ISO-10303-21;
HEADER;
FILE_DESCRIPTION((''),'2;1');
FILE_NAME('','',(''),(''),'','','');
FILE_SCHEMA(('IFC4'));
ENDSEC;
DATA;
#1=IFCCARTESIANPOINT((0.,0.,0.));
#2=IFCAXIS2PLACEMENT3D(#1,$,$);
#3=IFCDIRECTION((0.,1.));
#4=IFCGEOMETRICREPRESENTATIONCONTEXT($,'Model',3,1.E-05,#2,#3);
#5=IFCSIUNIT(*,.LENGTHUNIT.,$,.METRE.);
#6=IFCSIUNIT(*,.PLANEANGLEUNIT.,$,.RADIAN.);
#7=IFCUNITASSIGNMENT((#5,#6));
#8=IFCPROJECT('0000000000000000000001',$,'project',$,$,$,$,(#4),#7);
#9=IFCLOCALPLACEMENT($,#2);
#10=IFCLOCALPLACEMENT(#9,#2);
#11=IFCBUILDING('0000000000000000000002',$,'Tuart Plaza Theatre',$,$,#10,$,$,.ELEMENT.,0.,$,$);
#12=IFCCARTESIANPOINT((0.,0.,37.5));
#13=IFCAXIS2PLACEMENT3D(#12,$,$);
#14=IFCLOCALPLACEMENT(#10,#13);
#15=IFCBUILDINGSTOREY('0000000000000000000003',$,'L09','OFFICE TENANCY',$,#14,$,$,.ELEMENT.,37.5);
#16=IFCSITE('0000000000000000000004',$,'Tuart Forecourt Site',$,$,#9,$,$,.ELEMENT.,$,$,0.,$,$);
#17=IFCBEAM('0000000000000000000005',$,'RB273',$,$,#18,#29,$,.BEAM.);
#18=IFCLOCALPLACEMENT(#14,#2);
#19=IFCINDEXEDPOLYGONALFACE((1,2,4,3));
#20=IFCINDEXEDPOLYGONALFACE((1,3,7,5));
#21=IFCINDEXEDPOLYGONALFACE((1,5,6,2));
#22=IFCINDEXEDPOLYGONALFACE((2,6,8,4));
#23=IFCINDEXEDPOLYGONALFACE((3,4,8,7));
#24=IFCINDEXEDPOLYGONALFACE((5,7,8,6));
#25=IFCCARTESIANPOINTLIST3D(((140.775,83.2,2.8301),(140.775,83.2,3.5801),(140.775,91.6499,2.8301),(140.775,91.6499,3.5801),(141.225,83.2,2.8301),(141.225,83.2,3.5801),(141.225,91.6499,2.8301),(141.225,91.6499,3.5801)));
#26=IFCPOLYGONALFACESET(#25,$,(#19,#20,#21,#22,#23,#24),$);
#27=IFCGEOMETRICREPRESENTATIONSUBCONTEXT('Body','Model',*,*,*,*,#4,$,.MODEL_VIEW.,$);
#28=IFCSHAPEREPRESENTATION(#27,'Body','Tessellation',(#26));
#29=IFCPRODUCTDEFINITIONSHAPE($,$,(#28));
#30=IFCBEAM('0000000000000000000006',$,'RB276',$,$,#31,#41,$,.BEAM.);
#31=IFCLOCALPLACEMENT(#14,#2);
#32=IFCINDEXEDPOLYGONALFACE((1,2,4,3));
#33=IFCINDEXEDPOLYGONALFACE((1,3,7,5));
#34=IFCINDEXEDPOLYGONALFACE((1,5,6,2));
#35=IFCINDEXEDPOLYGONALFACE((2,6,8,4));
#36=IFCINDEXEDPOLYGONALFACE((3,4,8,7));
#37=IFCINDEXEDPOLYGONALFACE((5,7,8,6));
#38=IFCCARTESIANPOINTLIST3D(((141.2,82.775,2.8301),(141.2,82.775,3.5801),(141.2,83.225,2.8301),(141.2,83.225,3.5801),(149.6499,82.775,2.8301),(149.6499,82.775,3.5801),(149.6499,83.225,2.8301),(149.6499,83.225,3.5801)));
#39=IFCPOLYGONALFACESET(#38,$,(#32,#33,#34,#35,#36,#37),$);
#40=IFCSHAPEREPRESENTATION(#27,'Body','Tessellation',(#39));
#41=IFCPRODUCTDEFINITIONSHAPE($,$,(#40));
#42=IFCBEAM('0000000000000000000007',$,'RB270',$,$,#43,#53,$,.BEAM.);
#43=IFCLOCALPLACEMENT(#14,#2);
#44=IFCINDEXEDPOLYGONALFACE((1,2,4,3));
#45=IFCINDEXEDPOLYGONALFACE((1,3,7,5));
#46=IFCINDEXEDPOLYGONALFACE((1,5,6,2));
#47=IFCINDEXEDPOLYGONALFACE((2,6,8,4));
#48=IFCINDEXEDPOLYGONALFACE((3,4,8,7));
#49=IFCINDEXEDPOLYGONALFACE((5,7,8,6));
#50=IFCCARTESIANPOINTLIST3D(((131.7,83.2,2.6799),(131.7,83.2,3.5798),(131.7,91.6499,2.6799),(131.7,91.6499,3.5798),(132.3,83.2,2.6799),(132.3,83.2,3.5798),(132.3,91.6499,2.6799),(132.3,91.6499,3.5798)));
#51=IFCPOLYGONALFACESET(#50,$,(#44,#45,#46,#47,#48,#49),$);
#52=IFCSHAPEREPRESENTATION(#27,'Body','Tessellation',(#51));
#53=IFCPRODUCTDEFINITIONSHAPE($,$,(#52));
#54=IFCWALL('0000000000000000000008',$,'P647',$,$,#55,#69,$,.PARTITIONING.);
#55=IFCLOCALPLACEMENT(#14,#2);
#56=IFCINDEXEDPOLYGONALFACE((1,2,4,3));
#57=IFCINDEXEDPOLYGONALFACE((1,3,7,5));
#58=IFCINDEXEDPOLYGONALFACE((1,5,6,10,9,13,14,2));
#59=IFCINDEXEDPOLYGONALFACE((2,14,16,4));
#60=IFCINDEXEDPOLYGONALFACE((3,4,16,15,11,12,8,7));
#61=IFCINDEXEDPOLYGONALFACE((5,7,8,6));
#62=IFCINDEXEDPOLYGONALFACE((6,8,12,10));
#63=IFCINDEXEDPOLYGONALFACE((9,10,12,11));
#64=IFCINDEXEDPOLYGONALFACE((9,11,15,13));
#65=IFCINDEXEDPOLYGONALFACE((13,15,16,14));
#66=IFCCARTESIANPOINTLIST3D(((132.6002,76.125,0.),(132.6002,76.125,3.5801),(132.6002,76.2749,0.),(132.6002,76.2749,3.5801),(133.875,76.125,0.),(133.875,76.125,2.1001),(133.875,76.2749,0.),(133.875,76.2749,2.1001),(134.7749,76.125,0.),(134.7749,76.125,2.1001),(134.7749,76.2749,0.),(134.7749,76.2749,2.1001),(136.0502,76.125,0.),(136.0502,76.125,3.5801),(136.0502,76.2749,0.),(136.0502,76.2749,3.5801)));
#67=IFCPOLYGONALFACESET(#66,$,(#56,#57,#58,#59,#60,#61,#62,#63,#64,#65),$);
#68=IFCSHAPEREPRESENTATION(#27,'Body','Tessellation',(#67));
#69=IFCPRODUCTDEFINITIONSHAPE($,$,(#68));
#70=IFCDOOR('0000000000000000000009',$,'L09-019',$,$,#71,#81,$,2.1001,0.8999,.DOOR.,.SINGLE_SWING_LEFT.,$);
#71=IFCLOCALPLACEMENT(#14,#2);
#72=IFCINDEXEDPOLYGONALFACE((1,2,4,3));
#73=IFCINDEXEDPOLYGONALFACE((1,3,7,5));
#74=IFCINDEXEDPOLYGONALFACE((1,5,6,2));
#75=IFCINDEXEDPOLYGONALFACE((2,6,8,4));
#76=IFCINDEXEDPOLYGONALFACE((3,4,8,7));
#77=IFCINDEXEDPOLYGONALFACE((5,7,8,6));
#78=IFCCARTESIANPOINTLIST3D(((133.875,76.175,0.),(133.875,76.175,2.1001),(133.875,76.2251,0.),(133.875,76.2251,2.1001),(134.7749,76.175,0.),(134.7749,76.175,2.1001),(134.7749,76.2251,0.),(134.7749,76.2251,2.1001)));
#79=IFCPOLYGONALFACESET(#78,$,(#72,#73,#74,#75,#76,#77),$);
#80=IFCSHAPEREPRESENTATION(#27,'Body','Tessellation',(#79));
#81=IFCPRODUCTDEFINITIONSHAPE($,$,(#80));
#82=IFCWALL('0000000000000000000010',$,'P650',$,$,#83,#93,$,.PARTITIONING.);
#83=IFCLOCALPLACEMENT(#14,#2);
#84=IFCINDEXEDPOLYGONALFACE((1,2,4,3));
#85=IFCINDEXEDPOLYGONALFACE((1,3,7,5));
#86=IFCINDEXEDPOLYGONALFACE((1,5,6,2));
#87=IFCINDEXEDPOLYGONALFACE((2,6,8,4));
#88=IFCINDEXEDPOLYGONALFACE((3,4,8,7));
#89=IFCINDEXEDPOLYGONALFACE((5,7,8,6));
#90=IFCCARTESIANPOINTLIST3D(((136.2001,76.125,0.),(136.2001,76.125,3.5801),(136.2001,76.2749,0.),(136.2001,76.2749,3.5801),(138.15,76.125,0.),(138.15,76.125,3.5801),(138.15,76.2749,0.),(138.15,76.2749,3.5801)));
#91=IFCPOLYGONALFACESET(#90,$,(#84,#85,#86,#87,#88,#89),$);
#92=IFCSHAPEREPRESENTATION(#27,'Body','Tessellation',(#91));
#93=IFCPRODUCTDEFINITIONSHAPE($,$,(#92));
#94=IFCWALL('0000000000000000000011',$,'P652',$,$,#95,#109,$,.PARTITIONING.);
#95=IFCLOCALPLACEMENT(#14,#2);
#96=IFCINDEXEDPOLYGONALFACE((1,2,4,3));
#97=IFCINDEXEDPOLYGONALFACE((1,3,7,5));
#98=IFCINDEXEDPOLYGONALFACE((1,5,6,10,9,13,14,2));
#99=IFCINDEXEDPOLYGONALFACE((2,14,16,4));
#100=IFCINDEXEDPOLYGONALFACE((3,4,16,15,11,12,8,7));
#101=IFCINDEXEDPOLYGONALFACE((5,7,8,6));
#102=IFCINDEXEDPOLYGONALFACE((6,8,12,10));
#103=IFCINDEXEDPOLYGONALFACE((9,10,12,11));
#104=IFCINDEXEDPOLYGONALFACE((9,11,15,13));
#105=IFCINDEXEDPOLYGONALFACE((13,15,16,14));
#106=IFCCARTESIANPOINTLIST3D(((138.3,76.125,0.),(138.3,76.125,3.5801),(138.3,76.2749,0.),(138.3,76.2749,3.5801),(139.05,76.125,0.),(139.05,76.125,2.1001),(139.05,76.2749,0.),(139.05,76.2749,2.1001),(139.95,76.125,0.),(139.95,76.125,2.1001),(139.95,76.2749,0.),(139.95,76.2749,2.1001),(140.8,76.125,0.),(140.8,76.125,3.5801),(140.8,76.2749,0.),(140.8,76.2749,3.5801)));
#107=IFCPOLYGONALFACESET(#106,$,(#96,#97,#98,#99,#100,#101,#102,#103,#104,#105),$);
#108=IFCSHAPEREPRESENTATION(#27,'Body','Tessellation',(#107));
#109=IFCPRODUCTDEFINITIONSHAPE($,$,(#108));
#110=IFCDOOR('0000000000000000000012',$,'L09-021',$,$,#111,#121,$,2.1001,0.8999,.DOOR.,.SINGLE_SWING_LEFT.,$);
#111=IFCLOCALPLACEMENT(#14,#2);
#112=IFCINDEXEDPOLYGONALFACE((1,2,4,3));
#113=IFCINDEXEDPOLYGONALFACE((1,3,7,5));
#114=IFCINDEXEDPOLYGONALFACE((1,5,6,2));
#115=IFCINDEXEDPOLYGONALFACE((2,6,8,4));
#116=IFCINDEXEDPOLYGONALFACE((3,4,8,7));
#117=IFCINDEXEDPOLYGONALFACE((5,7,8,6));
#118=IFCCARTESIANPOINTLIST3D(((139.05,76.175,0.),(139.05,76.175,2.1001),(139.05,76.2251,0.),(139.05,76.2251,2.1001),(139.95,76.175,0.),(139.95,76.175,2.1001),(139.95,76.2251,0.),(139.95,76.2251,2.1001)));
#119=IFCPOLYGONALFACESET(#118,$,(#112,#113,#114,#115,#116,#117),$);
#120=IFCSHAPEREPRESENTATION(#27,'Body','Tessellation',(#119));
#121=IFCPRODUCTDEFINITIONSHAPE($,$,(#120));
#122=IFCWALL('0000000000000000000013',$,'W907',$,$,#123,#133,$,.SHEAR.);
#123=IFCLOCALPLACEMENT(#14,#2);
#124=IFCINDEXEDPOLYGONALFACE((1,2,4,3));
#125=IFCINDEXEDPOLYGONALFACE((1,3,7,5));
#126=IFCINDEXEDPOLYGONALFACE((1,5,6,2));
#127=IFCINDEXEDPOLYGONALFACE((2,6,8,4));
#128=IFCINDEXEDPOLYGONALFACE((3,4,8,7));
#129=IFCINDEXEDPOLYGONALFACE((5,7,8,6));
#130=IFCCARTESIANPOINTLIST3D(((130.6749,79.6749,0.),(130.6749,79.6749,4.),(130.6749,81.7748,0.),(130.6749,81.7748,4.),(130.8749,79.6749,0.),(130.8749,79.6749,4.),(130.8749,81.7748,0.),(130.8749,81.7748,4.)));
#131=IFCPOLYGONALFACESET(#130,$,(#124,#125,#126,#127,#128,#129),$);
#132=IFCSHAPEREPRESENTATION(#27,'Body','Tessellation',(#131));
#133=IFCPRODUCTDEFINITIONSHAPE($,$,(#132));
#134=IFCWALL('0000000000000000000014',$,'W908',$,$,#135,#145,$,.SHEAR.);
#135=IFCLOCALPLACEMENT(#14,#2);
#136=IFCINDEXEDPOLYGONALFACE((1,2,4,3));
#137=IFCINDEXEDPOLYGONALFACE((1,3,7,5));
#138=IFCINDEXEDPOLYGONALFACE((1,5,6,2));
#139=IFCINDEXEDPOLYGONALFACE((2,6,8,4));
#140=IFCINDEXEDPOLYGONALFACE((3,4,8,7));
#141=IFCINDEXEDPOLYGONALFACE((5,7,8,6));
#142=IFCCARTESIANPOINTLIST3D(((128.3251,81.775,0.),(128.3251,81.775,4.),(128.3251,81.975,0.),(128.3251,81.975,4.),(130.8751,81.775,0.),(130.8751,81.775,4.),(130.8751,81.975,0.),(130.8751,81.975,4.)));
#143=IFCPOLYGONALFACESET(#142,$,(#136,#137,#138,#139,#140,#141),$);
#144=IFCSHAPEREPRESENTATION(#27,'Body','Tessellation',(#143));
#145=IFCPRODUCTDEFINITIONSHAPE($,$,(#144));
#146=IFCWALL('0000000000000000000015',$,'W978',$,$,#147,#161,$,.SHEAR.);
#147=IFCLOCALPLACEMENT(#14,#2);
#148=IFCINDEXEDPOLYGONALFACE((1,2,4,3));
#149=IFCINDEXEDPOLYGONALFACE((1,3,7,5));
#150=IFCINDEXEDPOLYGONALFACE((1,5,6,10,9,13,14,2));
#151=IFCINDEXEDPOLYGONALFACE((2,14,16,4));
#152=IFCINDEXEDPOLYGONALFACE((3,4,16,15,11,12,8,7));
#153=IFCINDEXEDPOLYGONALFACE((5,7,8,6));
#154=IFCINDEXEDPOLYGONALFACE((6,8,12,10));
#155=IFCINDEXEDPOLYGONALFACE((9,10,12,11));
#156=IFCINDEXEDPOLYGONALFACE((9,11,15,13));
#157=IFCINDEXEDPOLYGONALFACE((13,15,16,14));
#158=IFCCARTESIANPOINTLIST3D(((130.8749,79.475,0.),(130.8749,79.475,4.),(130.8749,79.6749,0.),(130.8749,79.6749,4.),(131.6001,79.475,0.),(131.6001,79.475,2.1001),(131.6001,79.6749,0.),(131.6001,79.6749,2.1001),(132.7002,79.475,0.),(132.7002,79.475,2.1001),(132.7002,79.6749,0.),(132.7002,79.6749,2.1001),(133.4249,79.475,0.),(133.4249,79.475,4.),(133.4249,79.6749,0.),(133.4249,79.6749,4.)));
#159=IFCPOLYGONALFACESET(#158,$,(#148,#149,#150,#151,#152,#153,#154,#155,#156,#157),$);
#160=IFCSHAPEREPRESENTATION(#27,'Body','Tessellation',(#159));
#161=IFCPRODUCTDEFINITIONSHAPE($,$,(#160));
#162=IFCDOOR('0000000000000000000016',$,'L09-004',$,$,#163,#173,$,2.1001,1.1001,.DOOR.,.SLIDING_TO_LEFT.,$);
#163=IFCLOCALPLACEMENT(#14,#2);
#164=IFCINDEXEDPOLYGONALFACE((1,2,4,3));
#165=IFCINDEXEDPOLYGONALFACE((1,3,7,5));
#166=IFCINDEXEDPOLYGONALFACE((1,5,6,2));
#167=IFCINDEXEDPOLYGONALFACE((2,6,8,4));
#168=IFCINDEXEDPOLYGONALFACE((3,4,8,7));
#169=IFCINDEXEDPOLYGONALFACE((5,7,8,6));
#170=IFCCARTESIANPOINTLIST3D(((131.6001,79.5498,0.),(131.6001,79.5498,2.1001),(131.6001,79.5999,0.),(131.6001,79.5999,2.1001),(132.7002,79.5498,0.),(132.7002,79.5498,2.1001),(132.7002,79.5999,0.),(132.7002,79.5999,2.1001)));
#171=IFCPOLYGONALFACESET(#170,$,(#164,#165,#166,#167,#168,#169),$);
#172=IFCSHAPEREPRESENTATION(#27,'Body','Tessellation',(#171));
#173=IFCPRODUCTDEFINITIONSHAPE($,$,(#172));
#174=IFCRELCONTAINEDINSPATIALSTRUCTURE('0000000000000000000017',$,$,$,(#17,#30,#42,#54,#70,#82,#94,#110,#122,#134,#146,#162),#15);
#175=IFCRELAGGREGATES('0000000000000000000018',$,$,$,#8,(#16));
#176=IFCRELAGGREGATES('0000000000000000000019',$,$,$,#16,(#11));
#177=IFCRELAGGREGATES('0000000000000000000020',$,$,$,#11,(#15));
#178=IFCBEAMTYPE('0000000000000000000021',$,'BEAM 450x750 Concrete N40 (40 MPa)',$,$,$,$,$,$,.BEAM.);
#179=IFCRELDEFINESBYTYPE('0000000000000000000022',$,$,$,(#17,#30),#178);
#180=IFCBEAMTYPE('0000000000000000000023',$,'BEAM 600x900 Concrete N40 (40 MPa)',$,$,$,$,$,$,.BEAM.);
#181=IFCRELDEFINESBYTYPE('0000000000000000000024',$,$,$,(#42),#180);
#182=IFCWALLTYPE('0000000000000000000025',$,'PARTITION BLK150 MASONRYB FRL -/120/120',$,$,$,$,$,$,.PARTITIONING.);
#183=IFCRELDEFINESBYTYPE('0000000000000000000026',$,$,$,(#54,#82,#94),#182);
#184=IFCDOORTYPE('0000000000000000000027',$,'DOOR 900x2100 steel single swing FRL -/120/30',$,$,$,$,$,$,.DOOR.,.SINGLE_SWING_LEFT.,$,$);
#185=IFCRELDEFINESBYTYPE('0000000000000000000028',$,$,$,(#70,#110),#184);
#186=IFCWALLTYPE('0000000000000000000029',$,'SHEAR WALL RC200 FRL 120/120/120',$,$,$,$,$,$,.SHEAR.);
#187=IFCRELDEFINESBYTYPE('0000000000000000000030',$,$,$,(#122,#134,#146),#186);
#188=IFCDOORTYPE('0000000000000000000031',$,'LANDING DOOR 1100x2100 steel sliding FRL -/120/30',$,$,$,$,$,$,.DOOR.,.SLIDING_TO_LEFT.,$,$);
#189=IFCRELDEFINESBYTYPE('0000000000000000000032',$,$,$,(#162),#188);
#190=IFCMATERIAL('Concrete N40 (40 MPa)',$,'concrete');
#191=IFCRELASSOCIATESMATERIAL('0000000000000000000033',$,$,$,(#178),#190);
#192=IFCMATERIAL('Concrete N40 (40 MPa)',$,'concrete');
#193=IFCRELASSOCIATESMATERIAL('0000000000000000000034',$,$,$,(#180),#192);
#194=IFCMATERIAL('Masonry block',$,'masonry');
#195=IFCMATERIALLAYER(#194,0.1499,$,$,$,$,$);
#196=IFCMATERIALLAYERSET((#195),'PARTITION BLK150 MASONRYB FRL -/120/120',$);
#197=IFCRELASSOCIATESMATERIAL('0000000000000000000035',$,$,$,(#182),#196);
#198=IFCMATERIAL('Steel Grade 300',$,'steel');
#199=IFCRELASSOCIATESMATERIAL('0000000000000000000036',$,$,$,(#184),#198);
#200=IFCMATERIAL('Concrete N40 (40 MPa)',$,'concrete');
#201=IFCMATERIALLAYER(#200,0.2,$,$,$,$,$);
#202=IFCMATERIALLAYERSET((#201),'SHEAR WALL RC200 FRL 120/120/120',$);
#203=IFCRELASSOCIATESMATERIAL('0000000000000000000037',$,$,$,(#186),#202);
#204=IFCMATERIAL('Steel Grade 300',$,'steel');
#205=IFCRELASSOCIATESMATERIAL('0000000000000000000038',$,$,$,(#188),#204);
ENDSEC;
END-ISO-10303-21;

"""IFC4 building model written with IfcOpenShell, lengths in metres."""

from ifc_helpers import new_model, si_unit, direction, frame, frame_2d, origin, origin_2d, place, context, subcontext, project, spatial, rectangle, extrude, material, layer, layer_set, material_profile, profile_set, type_object, element, fill, save


model = new_model("IFC4")

# Units and contexts
model_context = context("Model", 3, precision=1e-05, world=origin(), true_north=direction((0.0, 1.0)))
body_context = subcontext(model_context, "Body", "Model", "MODEL_VIEW")
ifc_project = project(units=[si_unit("LENGTHUNIT", "METRE"), si_unit("PLANEANGLEUNIT", "RADIAN")], contexts=[model_context])

# Site, building, storey
site_placement = place(None, origin())
site = spatial("IfcSite", under=ifc_project, at=site_placement, Name="Tuart Forecourt Site", CompositionType="ELEMENT", RefElevation=0.0)
building_placement = place(site_placement, origin())
building = spatial("IfcBuilding", under=site, at=building_placement, Name="Tuart Plaza Theatre", CompositionType="ELEMENT", ElevationOfRefHeight=0.0)
storey_placement = place(building_placement, frame((0.0, 0.0, 37.5)))
storey = spatial("IfcBuildingStorey", under=building, at=storey_placement, Name="L09", Description="OFFICE TENANCY", CompositionType="ELEMENT", Elevation=37.5)

# Beams
ifc_material_1 = material(Name="Concrete N40 (40 MPa)", Category="concrete")
ifc_material_profile_1 = material_profile(ifc_material_1, rectangle(XDim=0.45, YDim=0.75, at=origin_2d()), Name="BEAM 450x750 Concrete N40 (40 MPa)")
ifc_profile_set_1 = profile_set([ifc_material_profile_1], Name="Concrete N40 (40 MPa)")
beam_type_1 = type_object("IfcBeamType", Name="BEAM 450x750 Concrete N40 (40 MPa)", PredefinedType="BEAM", material=ifc_profile_set_1)
for number, where, z_axis, x_axis, name in (
    (1, (141.0, 83.2, 3.2051), (0.0, 1.0, 0.0), (-1.0, 0.0, 0.0), "RB273"),
    (2, (141.2, 83.0, 3.2051), (1.0, 0.0, 0.0), (0.0, 1.0, 0.0), "RB276"),
):
    element("IfcBeam", number, at=place(storey_placement, frame(where, z_axis=z_axis, x_axis=x_axis)), inside=storey, type_object=beam_type_1, Name=name, PredefinedType="BEAM", context=body_context, shape_type="SweptSolid", body=[
        extrude(rectangle(XDim=0.45, YDim=0.75, at=origin_2d()), origin(), (0.0, 0.0, 1.0), 8.45),
    ])
ifc_material_2 = material(Name="Concrete N40 (40 MPa)", Category="concrete")
ifc_material_profile_2 = material_profile(ifc_material_2, rectangle(XDim=0.6001, YDim=0.8999, at=origin_2d()), Name="BEAM 600x900 Concrete N40 (40 MPa)")
ifc_profile_set_2 = profile_set([ifc_material_profile_2], Name="Concrete N40 (40 MPa)")
beam_type_2 = type_object("IfcBeamType", Name="BEAM 600x900 Concrete N40 (40 MPa)", PredefinedType="BEAM", material=ifc_profile_set_2)
beam_placement = place(storey_placement, frame((132.0, 83.2, 3.1299), z_axis=(0.0, 1.0, 0.0), x_axis=(-1.0, 0.0, 0.0)))
element("IfcBeam", 3, at=beam_placement, inside=storey, type_object=beam_type_2, Name="RB270", PredefinedType="BEAM", context=body_context, shape_type="SweptSolid", body=[
    extrude(rectangle(XDim=0.6001, YDim=0.8999, at=origin_2d()), origin(), (0.0, 0.0, 1.0), 8.45),
])

# Wall, opening, door
ifc_material_3 = material(Name="Masonry block", Category="masonry")
ifc_layer_1 = layer(ifc_material_3, 0.1499)
ifc_layer_set_1 = layer_set([ifc_layer_1], Name="PARTITION BLK150 MASONRYB FRL -/120/120")
wall_type_1 = type_object("IfcWallType", Name="PARTITION BLK150 MASONRYB FRL -/120/120", PredefinedType="PARTITIONING", material=ifc_layer_set_1)
wall_1_placement = place(storey_placement, frame((132.6001, 76.2, 0.0), z_axis=(0.0, 0.0, 1.0), x_axis=(1.0, 0.0, 0.0)))
wall_1 = element("IfcWall", 4, at=wall_1_placement, inside=storey, type_object=wall_type_1, Name="P647", PredefinedType="PARTITIONING", context=body_context, shape_type="SweptSolid", body=[
    extrude(rectangle(XDim=3.45, YDim=0.1499, at=frame_2d((1.7251, 0.0))), origin(), (0.0, 0.0, 1.0), 3.5801),
])
opening_1_placement = place(wall_1_placement, frame((1.2749, 0.0, 0.0)))
opening_1 = element("IfcOpeningElement", 5, at=opening_1_placement, cuts=wall_1, PredefinedType="OPENING", context=body_context, shape_type="SweptSolid", body=[
    extrude(rectangle(XDim=0.8999, YDim=2.1001, at=frame_2d((0.45, 1.05))), frame((0.0, 0.085, 0.0), z_axis=(0.0, -1.0, 0.0), x_axis=(1.0, 0.0, 0.0)), (0.0, 0.0, 1.0), 0.1699),
])
ifc_material_4 = material(Name="Steel Grade 300", Category="steel")
door_type_1 = type_object("IfcDoorType", Name="DOOR 900x2100 steel single swing FRL -/120/30", OperationType="SINGLE_SWING_LEFT", PredefinedType="DOOR", material=ifc_material_4)
door_1_placement = place(opening_1_placement, frame((0.8999, 0.0, 0.0), z_axis=(0.0, 0.0, 1.0), x_axis=(-1.0, 0.0, 0.0)))
door_1 = element("IfcDoor", 6, at=door_1_placement, inside=storey, type_object=door_type_1, Name="L09-019", OperationType="SINGLE_SWING_LEFT", OverallHeight=2.1001, OverallWidth=0.8999, PredefinedType="DOOR", context=body_context, shape_type="SweptSolid", body=[
    extrude(rectangle(XDim=0.8999, YDim=2.1001, at=frame_2d((0.45, 1.05))), frame((0.0, 0.0249, 0.0), z_axis=(0.0, -1.0, 0.0), x_axis=(1.0, 0.0, 0.0)), (0.0, 0.0, 1.0), 0.05),
])
fill(opening_1, door_1)

# Wall
wall_2_placement = place(storey_placement, frame((136.2, 76.2, 0.0), z_axis=(0.0, 0.0, 1.0), x_axis=(1.0, 0.0, 0.0)))
element("IfcWall", 7, at=wall_2_placement, inside=storey, type_object=wall_type_1, Name="P650", PredefinedType="PARTITIONING", context=body_context, shape_type="SweptSolid", body=[
    extrude(rectangle(XDim=1.95, YDim=0.1499, at=frame_2d((0.9751, 0.0))), origin(), (0.0, 0.0, 1.0), 3.5801),
])

# Wall, opening, door
wall_3_placement = place(storey_placement, frame((138.3, 76.2, 0.0), z_axis=(0.0, 0.0, 1.0), x_axis=(1.0, 0.0, 0.0)))
wall_3 = element("IfcWall", 8, at=wall_3_placement, inside=storey, type_object=wall_type_1, Name="P652", PredefinedType="PARTITIONING", context=body_context, shape_type="SweptSolid", body=[
    extrude(rectangle(XDim=2.5, YDim=0.1499, at=frame_2d((1.25, 0.0))), origin(), (0.0, 0.0, 1.0), 3.5801),
])
opening_2_placement = place(wall_3_placement, frame((0.75, 0.0, 0.0)))
opening_2 = element("IfcOpeningElement", 9, at=opening_2_placement, cuts=wall_3, PredefinedType="OPENING", context=body_context, shape_type="SweptSolid", body=[
    extrude(rectangle(XDim=0.8999, YDim=2.1001, at=frame_2d((0.45, 1.05))), frame((0.0, 0.085, 0.0), z_axis=(0.0, -1.0, 0.0), x_axis=(1.0, 0.0, 0.0)), (0.0, 0.0, 1.0), 0.1699),
])
door_2_placement = place(opening_2_placement, frame((0.8999, 0.0, 0.0), z_axis=(0.0, 0.0, 1.0), x_axis=(-1.0, 0.0, 0.0)))
door_2 = element("IfcDoor", 10, at=door_2_placement, inside=storey, type_object=door_type_1, Name="L09-021", OperationType="SINGLE_SWING_LEFT", OverallHeight=2.1001, OverallWidth=0.8999, PredefinedType="DOOR", context=body_context, shape_type="SweptSolid", body=[
    extrude(rectangle(XDim=0.8999, YDim=2.1001, at=frame_2d((0.45, 1.05))), frame((0.0, 0.0249, 0.0), z_axis=(0.0, -1.0, 0.0), x_axis=(1.0, 0.0, 0.0)), (0.0, 0.0, 1.0), 0.05),
])
fill(opening_2, door_2)

# Walls
ifc_material_5 = material(Name="Concrete N40 (40 MPa)", Category="concrete")
ifc_layer_2 = layer(ifc_material_5, 0.2)
ifc_layer_set_2 = layer_set([ifc_layer_2], Name="SHEAR WALL RC200 FRL 120/120/120")
wall_type_2 = type_object("IfcWallType", Name="SHEAR WALL RC200 FRL 120/120/120", PredefinedType="SHEAR", material=ifc_layer_set_2)
wall_4_placement = place(storey_placement, frame((130.7749, 79.675, 0.0), z_axis=(0.0, 0.0, 1.0), x_axis=(0.0, 1.0, 0.0)))
element("IfcWall", 11, at=wall_4_placement, inside=storey, type_object=wall_type_2, Name="W907", PredefinedType="SHEAR", context=body_context, shape_type="SweptSolid", body=[
    extrude(rectangle(XDim=2.0999, YDim=0.2, at=frame_2d((1.0498, 0.0))), origin(), (0.0, 0.0, 1.0), 4.0),
])
wall_5_placement = place(storey_placement, frame((130.875, 81.875, 0.0), z_axis=(0.0, 0.0, 1.0), x_axis=(-1.0, 0.0, 0.0)))
element("IfcWall", 12, at=wall_5_placement, inside=storey, type_object=wall_type_2, Name="W908", PredefinedType="SHEAR", context=body_context, shape_type="SweptSolid", body=[
    extrude(rectangle(XDim=2.55, YDim=0.2, at=frame_2d((1.2749, 0.0))), origin(), (0.0, 0.0, 1.0), 4.0),
])

# Wall, opening, door
wall_6_placement = place(storey_placement, frame((130.875, 79.575, 0.0), z_axis=(0.0, 0.0, 1.0), x_axis=(1.0, 0.0, 0.0)))
wall_6 = element("IfcWall", 13, at=wall_6_placement, inside=storey, type_object=wall_type_2, Name="W978", PredefinedType="SHEAR", context=body_context, shape_type="SweptSolid", body=[
    extrude(rectangle(XDim=2.55, YDim=0.2, at=frame_2d((1.2749, 0.0))), origin(), (0.0, 0.0, 1.0), 4.0),
])
opening_3_placement = place(wall_6_placement, frame((0.7251, 0.0, 0.0)))
opening_3 = element("IfcOpeningElement", 14, at=opening_3_placement, cuts=wall_6, PredefinedType="OPENING", context=body_context, shape_type="SweptSolid", body=[
    extrude(rectangle(XDim=1.1001, YDim=2.1001, at=frame_2d((0.55, 1.05))), frame((0.0, 0.1099, 0.0), z_axis=(0.0, -1.0, 0.0), x_axis=(1.0, 0.0, 0.0)), (0.0, 0.0, 1.0), 0.22),
])
ifc_material_6 = material(Name="Steel Grade 300", Category="steel")
door_type_2 = type_object("IfcDoorType", Name="LANDING DOOR 1100x2100 steel sliding FRL -/120/30", OperationType="SLIDING_TO_LEFT", PredefinedType="DOOR", material=ifc_material_6)
door_3_placement = place(opening_3_placement, origin())
door_3 = element("IfcDoor", 15, at=door_3_placement, inside=storey, type_object=door_type_2, Name="L09-004", OperationType="SLIDING_TO_LEFT", OverallHeight=2.1001, OverallWidth=1.1001, PredefinedType="DOOR", context=body_context, shape_type="SweptSolid", body=[
    extrude(rectangle(XDim=1.1001, YDim=2.1001, at=frame_2d((0.55, 1.05))), frame((0.0, 0.0249, 0.0), z_axis=(0.0, -1.0, 0.0), x_axis=(1.0, 0.0, 0.0)), (0.0, 0.0, 1.0), 0.05),
])
fill(opening_3, door_3)

save(model, "model.ifc")
